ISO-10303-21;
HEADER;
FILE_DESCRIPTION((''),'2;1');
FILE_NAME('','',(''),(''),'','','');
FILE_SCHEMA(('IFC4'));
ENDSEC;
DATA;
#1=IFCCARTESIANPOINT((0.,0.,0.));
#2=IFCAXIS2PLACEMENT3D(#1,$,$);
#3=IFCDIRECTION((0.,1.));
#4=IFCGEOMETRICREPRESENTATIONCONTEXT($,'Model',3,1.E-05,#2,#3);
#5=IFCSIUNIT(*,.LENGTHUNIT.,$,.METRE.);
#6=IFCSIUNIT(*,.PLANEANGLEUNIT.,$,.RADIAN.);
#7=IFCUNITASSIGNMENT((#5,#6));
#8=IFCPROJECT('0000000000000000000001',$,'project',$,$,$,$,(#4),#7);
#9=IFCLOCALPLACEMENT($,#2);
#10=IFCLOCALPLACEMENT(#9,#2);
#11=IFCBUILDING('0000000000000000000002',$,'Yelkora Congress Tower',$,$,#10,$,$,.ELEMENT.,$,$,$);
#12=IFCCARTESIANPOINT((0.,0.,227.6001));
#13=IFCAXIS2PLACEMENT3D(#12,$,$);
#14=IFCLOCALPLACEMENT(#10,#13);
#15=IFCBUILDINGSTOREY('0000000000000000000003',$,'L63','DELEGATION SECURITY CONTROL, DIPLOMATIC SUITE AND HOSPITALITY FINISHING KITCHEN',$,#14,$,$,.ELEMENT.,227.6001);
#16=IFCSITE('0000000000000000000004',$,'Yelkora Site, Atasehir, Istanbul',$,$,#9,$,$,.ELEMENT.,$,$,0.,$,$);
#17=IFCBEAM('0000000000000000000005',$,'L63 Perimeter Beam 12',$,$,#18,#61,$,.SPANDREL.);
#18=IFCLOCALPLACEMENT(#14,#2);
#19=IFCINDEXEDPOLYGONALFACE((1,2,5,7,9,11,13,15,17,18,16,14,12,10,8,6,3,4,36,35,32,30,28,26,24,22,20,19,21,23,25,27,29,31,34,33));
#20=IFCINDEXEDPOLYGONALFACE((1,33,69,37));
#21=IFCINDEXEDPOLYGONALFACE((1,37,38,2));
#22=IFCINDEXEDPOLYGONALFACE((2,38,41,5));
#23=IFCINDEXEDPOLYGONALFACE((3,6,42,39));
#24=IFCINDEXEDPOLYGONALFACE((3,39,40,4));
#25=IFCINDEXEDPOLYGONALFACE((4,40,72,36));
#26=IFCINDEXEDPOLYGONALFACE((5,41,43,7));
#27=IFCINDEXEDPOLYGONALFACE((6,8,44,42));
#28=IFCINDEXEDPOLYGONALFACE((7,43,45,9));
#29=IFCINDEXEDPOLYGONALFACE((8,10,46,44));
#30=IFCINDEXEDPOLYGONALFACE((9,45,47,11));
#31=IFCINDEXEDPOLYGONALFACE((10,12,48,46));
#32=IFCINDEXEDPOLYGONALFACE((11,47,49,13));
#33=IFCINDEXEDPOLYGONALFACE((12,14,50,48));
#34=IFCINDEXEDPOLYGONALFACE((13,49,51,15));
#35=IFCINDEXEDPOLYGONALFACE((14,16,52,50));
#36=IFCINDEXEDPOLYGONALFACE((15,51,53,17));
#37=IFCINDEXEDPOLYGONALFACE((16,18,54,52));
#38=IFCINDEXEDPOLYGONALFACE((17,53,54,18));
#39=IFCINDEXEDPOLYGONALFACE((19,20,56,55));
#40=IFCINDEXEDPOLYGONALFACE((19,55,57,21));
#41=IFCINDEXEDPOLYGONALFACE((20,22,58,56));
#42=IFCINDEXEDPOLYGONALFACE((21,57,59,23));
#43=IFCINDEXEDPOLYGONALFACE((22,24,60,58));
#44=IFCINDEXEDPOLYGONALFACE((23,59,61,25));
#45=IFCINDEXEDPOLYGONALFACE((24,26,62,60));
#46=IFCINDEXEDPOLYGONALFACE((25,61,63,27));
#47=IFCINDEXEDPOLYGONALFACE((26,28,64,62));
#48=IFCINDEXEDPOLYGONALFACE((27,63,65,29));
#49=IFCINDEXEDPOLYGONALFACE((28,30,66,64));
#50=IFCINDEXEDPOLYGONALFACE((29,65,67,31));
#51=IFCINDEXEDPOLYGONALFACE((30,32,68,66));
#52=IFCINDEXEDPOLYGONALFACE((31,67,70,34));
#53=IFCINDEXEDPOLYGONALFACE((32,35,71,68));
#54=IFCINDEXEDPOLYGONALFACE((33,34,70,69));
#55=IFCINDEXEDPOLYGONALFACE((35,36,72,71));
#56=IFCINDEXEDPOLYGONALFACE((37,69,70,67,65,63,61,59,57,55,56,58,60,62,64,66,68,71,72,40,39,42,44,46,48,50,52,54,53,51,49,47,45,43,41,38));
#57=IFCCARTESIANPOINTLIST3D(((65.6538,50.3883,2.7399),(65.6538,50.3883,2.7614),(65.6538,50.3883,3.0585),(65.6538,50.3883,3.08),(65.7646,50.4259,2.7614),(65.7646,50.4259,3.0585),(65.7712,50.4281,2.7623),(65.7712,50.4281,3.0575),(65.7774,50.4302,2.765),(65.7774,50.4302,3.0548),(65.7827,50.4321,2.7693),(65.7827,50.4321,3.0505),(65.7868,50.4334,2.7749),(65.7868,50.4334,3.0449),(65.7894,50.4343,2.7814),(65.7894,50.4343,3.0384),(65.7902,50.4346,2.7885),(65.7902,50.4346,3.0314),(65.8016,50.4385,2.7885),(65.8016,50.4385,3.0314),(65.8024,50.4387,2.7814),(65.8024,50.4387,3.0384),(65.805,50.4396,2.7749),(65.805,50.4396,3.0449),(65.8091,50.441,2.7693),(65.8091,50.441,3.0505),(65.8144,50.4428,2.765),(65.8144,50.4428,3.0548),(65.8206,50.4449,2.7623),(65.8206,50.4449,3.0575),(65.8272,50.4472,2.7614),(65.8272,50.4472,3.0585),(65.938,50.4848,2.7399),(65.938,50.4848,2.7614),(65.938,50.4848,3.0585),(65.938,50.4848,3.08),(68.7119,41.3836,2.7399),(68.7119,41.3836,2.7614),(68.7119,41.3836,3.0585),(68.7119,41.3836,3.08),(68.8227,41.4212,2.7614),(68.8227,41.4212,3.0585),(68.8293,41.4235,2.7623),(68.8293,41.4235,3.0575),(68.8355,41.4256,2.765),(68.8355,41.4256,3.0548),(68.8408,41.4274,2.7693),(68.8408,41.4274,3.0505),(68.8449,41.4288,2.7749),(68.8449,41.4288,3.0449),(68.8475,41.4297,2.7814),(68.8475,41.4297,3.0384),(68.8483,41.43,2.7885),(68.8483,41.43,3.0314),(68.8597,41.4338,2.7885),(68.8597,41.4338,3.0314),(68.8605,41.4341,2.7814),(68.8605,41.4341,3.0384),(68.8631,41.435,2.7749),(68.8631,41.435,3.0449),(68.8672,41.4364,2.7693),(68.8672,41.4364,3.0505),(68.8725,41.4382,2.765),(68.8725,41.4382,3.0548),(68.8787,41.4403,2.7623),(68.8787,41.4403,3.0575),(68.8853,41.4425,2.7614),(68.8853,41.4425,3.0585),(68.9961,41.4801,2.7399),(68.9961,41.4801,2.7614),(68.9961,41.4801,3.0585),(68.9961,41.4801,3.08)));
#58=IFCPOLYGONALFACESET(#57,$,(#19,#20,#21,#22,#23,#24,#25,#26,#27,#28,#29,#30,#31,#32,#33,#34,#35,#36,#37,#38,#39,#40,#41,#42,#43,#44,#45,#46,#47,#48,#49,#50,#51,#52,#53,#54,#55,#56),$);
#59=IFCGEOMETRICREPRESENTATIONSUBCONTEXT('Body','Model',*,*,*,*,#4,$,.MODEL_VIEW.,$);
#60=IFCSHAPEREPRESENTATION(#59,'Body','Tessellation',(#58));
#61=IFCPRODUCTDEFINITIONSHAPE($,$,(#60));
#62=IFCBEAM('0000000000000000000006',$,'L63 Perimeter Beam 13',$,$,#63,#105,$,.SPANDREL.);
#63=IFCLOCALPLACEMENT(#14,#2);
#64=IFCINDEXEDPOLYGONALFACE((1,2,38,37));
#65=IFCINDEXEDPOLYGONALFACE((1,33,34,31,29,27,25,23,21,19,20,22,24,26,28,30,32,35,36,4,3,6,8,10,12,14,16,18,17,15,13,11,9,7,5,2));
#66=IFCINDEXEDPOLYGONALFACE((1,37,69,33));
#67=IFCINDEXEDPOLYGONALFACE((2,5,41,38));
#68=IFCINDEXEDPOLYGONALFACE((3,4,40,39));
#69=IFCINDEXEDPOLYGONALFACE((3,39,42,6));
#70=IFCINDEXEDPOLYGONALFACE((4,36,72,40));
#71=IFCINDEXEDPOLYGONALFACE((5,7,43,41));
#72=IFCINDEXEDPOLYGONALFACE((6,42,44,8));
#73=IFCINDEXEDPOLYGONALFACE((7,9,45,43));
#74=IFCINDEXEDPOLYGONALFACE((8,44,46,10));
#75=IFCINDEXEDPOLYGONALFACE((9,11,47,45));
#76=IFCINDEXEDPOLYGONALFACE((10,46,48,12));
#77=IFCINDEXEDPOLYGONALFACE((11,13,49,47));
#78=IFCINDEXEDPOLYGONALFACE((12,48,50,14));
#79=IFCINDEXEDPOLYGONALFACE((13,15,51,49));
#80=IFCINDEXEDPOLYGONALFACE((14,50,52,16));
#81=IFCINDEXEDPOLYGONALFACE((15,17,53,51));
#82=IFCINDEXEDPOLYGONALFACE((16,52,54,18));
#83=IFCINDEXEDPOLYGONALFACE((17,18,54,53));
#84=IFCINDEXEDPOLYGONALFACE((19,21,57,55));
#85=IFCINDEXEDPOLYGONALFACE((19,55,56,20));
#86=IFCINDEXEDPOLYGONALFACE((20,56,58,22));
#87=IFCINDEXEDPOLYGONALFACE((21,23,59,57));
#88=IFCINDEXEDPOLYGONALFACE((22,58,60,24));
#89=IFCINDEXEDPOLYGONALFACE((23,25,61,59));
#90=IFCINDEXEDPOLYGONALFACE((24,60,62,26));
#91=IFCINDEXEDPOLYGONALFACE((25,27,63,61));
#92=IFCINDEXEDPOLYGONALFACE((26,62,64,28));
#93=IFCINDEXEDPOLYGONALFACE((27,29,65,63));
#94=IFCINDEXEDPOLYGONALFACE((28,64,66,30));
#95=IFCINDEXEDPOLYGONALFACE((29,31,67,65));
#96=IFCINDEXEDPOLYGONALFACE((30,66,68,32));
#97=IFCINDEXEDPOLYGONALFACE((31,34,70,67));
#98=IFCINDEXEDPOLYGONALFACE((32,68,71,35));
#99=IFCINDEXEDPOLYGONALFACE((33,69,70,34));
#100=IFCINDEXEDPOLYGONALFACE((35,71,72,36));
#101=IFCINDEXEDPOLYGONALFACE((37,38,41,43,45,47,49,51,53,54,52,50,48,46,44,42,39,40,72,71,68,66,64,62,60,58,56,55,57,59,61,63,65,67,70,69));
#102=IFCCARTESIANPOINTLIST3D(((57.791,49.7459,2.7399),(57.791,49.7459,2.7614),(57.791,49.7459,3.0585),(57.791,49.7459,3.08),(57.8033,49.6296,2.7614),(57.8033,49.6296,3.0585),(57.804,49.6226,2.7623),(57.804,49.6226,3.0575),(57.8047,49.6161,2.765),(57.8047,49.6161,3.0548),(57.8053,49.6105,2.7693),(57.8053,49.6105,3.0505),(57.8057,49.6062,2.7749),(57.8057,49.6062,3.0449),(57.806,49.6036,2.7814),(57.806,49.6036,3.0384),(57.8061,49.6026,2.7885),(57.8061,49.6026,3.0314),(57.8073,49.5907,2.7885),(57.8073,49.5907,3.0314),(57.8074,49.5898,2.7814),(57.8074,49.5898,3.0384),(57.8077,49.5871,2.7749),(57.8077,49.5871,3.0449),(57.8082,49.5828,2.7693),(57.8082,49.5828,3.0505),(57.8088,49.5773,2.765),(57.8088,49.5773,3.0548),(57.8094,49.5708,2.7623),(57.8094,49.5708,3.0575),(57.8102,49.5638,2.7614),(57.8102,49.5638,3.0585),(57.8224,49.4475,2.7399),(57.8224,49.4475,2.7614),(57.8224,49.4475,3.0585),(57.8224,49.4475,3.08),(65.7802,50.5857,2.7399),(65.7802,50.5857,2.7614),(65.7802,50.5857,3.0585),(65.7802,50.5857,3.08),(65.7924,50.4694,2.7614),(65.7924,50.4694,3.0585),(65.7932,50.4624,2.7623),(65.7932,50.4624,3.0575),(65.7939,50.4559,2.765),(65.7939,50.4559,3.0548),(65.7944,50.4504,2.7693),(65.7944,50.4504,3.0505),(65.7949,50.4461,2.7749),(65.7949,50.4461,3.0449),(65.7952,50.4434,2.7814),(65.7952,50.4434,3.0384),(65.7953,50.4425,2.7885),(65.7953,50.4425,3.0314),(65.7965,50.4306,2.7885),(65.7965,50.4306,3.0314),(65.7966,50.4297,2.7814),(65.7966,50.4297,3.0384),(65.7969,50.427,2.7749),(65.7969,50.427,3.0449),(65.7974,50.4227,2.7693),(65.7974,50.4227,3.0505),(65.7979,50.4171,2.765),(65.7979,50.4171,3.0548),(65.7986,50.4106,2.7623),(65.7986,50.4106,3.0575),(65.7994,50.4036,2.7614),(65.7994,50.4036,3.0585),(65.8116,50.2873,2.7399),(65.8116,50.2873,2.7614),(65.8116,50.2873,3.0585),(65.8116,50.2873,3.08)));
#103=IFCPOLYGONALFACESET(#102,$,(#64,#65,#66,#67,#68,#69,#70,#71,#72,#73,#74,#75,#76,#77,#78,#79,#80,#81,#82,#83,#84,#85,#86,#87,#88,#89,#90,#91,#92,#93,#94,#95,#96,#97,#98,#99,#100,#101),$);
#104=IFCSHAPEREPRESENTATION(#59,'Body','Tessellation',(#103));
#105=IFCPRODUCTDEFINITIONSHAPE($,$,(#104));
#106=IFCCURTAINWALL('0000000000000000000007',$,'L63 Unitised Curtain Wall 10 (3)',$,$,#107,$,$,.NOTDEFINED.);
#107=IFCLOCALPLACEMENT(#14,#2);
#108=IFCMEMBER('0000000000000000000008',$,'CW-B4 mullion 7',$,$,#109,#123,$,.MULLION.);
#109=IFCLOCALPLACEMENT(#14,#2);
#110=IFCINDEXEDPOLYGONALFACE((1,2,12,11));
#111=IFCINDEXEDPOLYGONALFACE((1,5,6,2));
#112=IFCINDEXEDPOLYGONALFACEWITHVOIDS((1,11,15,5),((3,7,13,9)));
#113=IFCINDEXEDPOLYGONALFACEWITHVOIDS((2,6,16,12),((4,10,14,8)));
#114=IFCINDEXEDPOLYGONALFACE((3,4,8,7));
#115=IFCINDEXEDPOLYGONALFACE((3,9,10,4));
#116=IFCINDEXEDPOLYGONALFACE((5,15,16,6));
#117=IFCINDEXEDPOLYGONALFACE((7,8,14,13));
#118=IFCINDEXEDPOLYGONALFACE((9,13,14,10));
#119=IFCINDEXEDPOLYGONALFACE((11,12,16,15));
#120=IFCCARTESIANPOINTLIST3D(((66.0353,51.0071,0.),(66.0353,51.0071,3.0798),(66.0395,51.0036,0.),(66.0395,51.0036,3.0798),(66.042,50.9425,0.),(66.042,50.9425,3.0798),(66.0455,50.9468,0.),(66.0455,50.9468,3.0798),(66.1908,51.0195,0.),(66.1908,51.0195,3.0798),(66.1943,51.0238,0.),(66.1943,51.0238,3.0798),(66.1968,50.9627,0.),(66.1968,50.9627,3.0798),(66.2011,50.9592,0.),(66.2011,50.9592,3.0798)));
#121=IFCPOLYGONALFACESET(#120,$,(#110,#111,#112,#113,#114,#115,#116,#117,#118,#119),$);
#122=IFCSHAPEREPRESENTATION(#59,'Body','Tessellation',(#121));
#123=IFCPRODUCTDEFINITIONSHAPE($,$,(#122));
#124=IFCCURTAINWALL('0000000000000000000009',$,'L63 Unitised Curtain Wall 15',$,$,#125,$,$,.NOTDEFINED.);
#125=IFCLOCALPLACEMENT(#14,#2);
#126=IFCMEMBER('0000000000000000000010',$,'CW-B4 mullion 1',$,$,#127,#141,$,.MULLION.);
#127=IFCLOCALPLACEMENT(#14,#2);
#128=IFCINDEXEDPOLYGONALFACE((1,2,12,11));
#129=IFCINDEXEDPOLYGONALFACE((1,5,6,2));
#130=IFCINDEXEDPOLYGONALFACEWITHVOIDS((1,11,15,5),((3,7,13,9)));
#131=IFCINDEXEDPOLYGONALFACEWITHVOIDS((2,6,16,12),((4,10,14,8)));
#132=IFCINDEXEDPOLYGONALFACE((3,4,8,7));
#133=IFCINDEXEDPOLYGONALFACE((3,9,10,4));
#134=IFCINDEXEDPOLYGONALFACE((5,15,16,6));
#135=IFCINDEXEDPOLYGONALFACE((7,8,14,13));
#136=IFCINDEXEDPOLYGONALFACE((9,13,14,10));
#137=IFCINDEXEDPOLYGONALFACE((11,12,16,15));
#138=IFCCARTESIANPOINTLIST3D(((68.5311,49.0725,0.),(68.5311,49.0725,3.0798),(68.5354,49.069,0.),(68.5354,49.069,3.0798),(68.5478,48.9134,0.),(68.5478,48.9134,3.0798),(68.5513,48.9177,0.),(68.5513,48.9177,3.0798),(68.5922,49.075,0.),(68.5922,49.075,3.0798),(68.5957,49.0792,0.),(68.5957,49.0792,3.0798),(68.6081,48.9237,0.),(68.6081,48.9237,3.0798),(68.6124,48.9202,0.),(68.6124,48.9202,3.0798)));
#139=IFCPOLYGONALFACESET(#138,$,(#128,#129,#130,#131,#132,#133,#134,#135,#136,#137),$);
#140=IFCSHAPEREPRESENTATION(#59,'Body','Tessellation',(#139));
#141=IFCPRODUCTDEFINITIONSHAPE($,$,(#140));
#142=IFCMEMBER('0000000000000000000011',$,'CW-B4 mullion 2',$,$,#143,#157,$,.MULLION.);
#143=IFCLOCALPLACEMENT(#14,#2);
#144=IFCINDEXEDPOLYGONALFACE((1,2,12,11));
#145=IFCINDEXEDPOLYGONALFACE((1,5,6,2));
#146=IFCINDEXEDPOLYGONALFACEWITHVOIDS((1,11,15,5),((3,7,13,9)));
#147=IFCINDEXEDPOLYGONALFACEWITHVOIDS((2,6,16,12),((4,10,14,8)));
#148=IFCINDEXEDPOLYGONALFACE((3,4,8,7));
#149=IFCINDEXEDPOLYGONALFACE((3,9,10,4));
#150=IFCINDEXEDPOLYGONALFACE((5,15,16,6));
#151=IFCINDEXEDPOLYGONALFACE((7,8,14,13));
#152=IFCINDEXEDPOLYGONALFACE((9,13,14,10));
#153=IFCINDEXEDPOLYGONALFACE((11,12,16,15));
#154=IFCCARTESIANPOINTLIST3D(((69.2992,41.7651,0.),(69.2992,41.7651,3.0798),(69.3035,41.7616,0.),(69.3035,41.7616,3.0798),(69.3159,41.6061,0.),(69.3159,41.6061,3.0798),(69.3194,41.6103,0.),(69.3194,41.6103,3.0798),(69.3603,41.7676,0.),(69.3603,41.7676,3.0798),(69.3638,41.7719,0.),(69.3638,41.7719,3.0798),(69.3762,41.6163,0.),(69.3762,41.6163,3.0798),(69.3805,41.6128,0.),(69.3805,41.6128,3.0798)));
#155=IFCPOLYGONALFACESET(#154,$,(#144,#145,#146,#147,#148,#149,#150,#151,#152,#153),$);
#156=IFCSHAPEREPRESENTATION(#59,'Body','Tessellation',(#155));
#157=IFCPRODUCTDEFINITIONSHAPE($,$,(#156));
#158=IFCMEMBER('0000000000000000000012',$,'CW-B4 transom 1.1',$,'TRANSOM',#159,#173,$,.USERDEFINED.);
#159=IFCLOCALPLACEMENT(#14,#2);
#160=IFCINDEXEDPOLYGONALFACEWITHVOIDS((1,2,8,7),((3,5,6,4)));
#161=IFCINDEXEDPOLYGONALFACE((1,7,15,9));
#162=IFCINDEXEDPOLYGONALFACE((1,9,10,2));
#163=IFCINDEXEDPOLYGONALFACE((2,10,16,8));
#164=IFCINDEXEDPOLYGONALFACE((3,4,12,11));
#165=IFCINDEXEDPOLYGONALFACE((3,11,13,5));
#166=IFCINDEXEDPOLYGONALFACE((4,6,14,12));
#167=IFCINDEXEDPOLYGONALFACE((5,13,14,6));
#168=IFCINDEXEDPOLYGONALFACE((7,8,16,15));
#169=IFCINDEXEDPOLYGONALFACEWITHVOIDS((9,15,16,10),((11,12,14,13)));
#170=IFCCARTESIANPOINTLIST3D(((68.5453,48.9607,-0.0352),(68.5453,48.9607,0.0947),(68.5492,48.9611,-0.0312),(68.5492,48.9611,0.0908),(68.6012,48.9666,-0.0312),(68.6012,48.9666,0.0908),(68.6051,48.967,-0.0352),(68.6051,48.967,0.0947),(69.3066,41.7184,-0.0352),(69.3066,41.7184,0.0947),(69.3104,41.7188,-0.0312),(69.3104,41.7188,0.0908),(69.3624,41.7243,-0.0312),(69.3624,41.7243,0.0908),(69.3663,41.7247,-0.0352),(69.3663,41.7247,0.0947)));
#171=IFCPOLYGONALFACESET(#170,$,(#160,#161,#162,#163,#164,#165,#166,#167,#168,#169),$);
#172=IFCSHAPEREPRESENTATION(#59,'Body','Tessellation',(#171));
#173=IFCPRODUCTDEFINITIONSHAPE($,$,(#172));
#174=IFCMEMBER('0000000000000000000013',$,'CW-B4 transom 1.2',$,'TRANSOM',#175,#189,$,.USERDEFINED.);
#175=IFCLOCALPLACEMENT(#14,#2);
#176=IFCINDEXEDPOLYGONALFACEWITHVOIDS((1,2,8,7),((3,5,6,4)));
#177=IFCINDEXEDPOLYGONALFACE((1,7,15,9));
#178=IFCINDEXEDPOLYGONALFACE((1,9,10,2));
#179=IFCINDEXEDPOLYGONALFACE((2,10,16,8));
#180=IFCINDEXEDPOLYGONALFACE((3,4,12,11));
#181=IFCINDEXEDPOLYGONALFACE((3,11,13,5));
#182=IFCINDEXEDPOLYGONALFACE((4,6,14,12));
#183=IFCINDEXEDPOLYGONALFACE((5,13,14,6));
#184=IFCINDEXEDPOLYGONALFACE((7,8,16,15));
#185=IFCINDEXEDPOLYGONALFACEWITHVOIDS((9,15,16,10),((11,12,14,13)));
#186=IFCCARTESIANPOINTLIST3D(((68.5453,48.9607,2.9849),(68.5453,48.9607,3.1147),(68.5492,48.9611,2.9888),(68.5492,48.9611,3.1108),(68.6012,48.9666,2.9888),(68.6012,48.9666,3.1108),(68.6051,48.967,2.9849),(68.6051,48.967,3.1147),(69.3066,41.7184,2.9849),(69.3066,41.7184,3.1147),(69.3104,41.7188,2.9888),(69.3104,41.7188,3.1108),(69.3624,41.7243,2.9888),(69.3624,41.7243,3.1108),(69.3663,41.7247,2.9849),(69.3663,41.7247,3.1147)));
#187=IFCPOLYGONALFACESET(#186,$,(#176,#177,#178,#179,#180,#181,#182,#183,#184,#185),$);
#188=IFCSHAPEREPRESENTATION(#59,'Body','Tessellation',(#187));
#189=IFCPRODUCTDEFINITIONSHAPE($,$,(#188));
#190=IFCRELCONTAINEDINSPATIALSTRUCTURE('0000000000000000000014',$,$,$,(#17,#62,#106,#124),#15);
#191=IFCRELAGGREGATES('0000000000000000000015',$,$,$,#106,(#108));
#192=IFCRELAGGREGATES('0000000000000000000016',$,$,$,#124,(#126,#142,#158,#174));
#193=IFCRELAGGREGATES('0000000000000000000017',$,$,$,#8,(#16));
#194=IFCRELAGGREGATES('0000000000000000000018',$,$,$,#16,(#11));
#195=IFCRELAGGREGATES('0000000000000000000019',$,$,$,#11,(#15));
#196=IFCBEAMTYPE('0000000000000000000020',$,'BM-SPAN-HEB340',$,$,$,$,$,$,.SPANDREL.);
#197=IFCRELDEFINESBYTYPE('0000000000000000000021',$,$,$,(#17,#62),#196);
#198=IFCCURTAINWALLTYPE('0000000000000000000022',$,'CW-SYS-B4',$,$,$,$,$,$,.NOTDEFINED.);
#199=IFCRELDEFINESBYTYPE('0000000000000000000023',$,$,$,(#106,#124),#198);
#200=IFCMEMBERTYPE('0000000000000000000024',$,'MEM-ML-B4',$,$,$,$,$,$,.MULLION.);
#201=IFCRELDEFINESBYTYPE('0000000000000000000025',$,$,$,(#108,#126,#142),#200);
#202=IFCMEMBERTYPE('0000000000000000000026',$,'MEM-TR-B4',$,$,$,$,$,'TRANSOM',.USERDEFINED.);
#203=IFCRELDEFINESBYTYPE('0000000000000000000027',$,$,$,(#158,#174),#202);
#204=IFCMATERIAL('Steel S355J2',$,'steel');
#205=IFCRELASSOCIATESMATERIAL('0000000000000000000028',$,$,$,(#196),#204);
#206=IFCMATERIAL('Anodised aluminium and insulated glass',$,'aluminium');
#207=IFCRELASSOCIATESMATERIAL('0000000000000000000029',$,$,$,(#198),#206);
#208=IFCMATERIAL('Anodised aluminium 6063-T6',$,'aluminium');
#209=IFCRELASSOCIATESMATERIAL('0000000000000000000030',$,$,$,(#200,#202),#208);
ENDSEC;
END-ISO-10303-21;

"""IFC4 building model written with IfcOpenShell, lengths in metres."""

from ifc_helpers import new_model, si_unit, direction, frame, origin, origin_2d, place, context, subcontext, project, spatial, hollow_rectangle, i_section, extrude, material, material_profile, profile_set, type_object, element, aggregate, save


model = new_model("IFC4")

# Units and contexts
model_context = context("Model", 3, precision=1e-05, world=origin(), true_north=direction((0.0, 1.0)))
body_context = subcontext(model_context, "Body", "Model", "MODEL_VIEW")
ifc_project = project(units=[si_unit("LENGTHUNIT", "METRE"), si_unit("PLANEANGLEUNIT", "RADIAN")], contexts=[model_context])

# Site, building, storey
site_placement = place(None, origin())
site = spatial("IfcSite", under=ifc_project, at=site_placement, Name="Yelkora Site, Atasehir, Istanbul", CompositionType="ELEMENT", RefElevation=0.0)
building_placement = place(site_placement, origin())
building = spatial("IfcBuilding", under=site, at=building_placement, Name="Yelkora Congress Tower", CompositionType="ELEMENT")
storey_placement = place(building_placement, frame((0.0, 0.0, 227.6001)))
storey = spatial("IfcBuildingStorey", under=building, at=storey_placement, Name="L63", Description="DELEGATION SECURITY CONTROL, DIPLOMATIC SUITE AND HOSPITALITY FINISHING KITCHEN", CompositionType="ELEMENT", Elevation=227.6001)

# Shared definitions
ifc_material_1 = material(Name="Steel S355J2", Category="steel")

# Beams
ifc_material_profile_1 = material_profile(ifc_material_1, i_section(OverallWidth=0.3, OverallDepth=0.3401, WebThickness=0.012, FlangeThickness=0.0215, FilletRadius=0.0271, at=origin_2d()), Name="HEB 340")
ifc_profile_set_1 = profile_set([ifc_material_profile_1], Name="Steel S355J2")
beam_type_1 = type_object("IfcBeamType", Name="BM-SPAN-HEB340", PredefinedType="SPANDREL", material=ifc_profile_set_1)
beam_1_placement = place(storey_placement, frame((68.854, 41.4319, 2.9099), z_axis=(-0.321575, 0.946884, 0.0), x_axis=(-0.946884, -0.321575, 0.0)))
element("IfcBeam", 1, at=beam_1_placement, inside=storey, type_object=beam_type_1, Name="L63 Perimeter Beam 12", PredefinedType="SPANDREL", context=body_context, shape_type="SweptSolid", body=[
    extrude(i_section(OverallWidth=0.3, OverallDepth=0.3401, WebThickness=0.012, FlangeThickness=0.0215, FilletRadius=0.0271, at=origin_2d()), origin(), (0.0, 0.0, 1.0), 9.5098),
])
beam_2_placement = place(storey_placement, frame((65.7959, 50.4365, 2.9099), z_axis=(-0.99452, -0.104546, 0.0), x_axis=(0.104546, -0.99452, 0.0)))
element("IfcBeam", 2, at=beam_2_placement, inside=storey, type_object=beam_type_1, Name="L63 Perimeter Beam 13", PredefinedType="SPANDREL", context=body_context, shape_type="SweptSolid", body=[
    extrude(i_section(OverallWidth=0.3, OverallDepth=0.3401, WebThickness=0.012, FlangeThickness=0.0215, FilletRadius=0.0271, at=origin_2d()), origin(), (0.0, 0.0, 1.0), 8.0332),
])

# Curtain wall, member
ifc_material_2 = material(Name="Anodised aluminium and insulated glass", Category="aluminium")
curtain_wall_type = type_object("IfcCurtainWallType", Name="CW-SYS-B4", PredefinedType="NOTDEFINED", material=ifc_material_2)
curtain_wall_1_placement = place(storey_placement, origin())
curtain_wall_1 = element("IfcCurtainWall", 3, at=curtain_wall_1_placement, inside=storey, type_object=curtain_wall_type, Name="L63 Unitised Curtain Wall 10 (3)", PredefinedType="NOTDEFINED")
ifc_material_3 = material(Name="Anodised aluminium 6063-T6", Category="aluminium")
ifc_material_profile_2 = material_profile(ifc_material_3, hollow_rectangle(XDim=0.0649, YDim=0.1599, WallThickness=0.0039, at=origin_2d()), Name="ALU 65x160x4")
ifc_profile_set_2 = profile_set([ifc_material_profile_2], Name="Anodised aluminium 6063-T6")
member_type_1 = type_object("IfcMemberType", Name="MEM-ML-B4", PredefinedType="MULLION", material=ifc_profile_set_2)
member_1_placement = place(storey_placement, frame((66.1182, 50.9832, 0.0), z_axis=(0.0, 0.0, 1.0), x_axis=(-0.104528, 0.994522, 0.0)))
member_1 = element("IfcMember", 4, at=member_1_placement, type_object=member_type_1, Name="CW-B4 mullion 7", PredefinedType="MULLION", context=body_context, shape_type="SweptSolid", body=[
    extrude(hollow_rectangle(XDim=0.0649, YDim=0.1599, WallThickness=0.0039, at=origin_2d()), origin(), (0.0, 0.0, 1.0), 3.0798),
])
aggregate(curtain_wall_1, [member_1])

# Curtain wall, members
curtain_wall_2_placement = place(storey_placement, origin())
curtain_wall_2 = element("IfcCurtainWall", 5, at=curtain_wall_2_placement, inside=storey, type_object=curtain_wall_type, Name="L63 Unitised Curtain Wall 15", PredefinedType="NOTDEFINED")
member_2_placement = place(storey_placement, frame((68.5718, 48.9963, 0.0), z_axis=(0.0, 0.0, 1.0), x_axis=(0.994522, 0.104526, 0.0)))
member_2 = element("IfcMember", 6, at=member_2_placement, type_object=member_type_1, Name="CW-B4 mullion 1", PredefinedType="MULLION", context=body_context, shape_type="SweptSolid", body=[
    extrude(hollow_rectangle(XDim=0.0649, YDim=0.1599, WallThickness=0.0039, at=origin_2d()), origin(), (0.0, 0.0, 1.0), 3.0798),
])
member_3_placement = place(storey_placement, frame((69.3398, 41.689, 0.0), z_axis=(0.0, 0.0, 1.0), x_axis=(0.994522, 0.104526, 0.0)))
member_3 = element("IfcMember", 7, at=member_3_placement, type_object=member_type_1, Name="CW-B4 mullion 2", PredefinedType="MULLION", context=body_context, shape_type="SweptSolid", body=[
    extrude(hollow_rectangle(XDim=0.0649, YDim=0.1599, WallThickness=0.0039, at=origin_2d()), origin(), (0.0, 0.0, 1.0), 3.0798),
])
ifc_material_profile_3 = material_profile(ifc_material_3, hollow_rectangle(XDim=0.0601, YDim=0.1299, WallThickness=0.0039, at=origin_2d()), Name="ALU 60x130x4")
ifc_profile_set_3 = profile_set([ifc_material_profile_3], Name="Anodised aluminium 6063-T6")
member_type_2 = type_object("IfcMemberType", Name="MEM-TR-B4", ElementType="TRANSOM", PredefinedType="USERDEFINED", material=ifc_profile_set_3)
member_4_placement = place(storey_placement, frame((68.5752, 48.9639, 0.0298), z_axis=(0.104531, -0.994522, 0.0), x_axis=(0.994522, 0.104531, 0.0)))
member_4 = element("IfcMember", 8, at=member_4_placement, type_object=member_type_2, Name="CW-B4 transom 1.1", ObjectType="TRANSOM", PredefinedType="USERDEFINED", context=body_context, shape_type="SweptSolid", body=[
    extrude(hollow_rectangle(XDim=0.0601, YDim=0.1299, WallThickness=0.0039, at=origin_2d()), origin(), (0.0, 0.0, 1.0), 7.2822),
])
member_5_placement = place(storey_placement, frame((68.5752, 48.9639, 3.0498), z_axis=(0.104531, -0.994522, 0.0), x_axis=(0.994522, 0.104531, 0.0)))
member_5 = element("IfcMember", 9, at=member_5_placement, type_object=member_type_2, Name="CW-B4 transom 1.2", ObjectType="TRANSOM", PredefinedType="USERDEFINED", context=body_context, shape_type="SweptSolid", body=[
    extrude(hollow_rectangle(XDim=0.0601, YDim=0.1299, WallThickness=0.0039, at=origin_2d()), origin(), (0.0, 0.0, 1.0), 7.2822),
])
aggregate(curtain_wall_2, [member_2, member_3, member_4, member_5])

save(model, "model.ifc")
